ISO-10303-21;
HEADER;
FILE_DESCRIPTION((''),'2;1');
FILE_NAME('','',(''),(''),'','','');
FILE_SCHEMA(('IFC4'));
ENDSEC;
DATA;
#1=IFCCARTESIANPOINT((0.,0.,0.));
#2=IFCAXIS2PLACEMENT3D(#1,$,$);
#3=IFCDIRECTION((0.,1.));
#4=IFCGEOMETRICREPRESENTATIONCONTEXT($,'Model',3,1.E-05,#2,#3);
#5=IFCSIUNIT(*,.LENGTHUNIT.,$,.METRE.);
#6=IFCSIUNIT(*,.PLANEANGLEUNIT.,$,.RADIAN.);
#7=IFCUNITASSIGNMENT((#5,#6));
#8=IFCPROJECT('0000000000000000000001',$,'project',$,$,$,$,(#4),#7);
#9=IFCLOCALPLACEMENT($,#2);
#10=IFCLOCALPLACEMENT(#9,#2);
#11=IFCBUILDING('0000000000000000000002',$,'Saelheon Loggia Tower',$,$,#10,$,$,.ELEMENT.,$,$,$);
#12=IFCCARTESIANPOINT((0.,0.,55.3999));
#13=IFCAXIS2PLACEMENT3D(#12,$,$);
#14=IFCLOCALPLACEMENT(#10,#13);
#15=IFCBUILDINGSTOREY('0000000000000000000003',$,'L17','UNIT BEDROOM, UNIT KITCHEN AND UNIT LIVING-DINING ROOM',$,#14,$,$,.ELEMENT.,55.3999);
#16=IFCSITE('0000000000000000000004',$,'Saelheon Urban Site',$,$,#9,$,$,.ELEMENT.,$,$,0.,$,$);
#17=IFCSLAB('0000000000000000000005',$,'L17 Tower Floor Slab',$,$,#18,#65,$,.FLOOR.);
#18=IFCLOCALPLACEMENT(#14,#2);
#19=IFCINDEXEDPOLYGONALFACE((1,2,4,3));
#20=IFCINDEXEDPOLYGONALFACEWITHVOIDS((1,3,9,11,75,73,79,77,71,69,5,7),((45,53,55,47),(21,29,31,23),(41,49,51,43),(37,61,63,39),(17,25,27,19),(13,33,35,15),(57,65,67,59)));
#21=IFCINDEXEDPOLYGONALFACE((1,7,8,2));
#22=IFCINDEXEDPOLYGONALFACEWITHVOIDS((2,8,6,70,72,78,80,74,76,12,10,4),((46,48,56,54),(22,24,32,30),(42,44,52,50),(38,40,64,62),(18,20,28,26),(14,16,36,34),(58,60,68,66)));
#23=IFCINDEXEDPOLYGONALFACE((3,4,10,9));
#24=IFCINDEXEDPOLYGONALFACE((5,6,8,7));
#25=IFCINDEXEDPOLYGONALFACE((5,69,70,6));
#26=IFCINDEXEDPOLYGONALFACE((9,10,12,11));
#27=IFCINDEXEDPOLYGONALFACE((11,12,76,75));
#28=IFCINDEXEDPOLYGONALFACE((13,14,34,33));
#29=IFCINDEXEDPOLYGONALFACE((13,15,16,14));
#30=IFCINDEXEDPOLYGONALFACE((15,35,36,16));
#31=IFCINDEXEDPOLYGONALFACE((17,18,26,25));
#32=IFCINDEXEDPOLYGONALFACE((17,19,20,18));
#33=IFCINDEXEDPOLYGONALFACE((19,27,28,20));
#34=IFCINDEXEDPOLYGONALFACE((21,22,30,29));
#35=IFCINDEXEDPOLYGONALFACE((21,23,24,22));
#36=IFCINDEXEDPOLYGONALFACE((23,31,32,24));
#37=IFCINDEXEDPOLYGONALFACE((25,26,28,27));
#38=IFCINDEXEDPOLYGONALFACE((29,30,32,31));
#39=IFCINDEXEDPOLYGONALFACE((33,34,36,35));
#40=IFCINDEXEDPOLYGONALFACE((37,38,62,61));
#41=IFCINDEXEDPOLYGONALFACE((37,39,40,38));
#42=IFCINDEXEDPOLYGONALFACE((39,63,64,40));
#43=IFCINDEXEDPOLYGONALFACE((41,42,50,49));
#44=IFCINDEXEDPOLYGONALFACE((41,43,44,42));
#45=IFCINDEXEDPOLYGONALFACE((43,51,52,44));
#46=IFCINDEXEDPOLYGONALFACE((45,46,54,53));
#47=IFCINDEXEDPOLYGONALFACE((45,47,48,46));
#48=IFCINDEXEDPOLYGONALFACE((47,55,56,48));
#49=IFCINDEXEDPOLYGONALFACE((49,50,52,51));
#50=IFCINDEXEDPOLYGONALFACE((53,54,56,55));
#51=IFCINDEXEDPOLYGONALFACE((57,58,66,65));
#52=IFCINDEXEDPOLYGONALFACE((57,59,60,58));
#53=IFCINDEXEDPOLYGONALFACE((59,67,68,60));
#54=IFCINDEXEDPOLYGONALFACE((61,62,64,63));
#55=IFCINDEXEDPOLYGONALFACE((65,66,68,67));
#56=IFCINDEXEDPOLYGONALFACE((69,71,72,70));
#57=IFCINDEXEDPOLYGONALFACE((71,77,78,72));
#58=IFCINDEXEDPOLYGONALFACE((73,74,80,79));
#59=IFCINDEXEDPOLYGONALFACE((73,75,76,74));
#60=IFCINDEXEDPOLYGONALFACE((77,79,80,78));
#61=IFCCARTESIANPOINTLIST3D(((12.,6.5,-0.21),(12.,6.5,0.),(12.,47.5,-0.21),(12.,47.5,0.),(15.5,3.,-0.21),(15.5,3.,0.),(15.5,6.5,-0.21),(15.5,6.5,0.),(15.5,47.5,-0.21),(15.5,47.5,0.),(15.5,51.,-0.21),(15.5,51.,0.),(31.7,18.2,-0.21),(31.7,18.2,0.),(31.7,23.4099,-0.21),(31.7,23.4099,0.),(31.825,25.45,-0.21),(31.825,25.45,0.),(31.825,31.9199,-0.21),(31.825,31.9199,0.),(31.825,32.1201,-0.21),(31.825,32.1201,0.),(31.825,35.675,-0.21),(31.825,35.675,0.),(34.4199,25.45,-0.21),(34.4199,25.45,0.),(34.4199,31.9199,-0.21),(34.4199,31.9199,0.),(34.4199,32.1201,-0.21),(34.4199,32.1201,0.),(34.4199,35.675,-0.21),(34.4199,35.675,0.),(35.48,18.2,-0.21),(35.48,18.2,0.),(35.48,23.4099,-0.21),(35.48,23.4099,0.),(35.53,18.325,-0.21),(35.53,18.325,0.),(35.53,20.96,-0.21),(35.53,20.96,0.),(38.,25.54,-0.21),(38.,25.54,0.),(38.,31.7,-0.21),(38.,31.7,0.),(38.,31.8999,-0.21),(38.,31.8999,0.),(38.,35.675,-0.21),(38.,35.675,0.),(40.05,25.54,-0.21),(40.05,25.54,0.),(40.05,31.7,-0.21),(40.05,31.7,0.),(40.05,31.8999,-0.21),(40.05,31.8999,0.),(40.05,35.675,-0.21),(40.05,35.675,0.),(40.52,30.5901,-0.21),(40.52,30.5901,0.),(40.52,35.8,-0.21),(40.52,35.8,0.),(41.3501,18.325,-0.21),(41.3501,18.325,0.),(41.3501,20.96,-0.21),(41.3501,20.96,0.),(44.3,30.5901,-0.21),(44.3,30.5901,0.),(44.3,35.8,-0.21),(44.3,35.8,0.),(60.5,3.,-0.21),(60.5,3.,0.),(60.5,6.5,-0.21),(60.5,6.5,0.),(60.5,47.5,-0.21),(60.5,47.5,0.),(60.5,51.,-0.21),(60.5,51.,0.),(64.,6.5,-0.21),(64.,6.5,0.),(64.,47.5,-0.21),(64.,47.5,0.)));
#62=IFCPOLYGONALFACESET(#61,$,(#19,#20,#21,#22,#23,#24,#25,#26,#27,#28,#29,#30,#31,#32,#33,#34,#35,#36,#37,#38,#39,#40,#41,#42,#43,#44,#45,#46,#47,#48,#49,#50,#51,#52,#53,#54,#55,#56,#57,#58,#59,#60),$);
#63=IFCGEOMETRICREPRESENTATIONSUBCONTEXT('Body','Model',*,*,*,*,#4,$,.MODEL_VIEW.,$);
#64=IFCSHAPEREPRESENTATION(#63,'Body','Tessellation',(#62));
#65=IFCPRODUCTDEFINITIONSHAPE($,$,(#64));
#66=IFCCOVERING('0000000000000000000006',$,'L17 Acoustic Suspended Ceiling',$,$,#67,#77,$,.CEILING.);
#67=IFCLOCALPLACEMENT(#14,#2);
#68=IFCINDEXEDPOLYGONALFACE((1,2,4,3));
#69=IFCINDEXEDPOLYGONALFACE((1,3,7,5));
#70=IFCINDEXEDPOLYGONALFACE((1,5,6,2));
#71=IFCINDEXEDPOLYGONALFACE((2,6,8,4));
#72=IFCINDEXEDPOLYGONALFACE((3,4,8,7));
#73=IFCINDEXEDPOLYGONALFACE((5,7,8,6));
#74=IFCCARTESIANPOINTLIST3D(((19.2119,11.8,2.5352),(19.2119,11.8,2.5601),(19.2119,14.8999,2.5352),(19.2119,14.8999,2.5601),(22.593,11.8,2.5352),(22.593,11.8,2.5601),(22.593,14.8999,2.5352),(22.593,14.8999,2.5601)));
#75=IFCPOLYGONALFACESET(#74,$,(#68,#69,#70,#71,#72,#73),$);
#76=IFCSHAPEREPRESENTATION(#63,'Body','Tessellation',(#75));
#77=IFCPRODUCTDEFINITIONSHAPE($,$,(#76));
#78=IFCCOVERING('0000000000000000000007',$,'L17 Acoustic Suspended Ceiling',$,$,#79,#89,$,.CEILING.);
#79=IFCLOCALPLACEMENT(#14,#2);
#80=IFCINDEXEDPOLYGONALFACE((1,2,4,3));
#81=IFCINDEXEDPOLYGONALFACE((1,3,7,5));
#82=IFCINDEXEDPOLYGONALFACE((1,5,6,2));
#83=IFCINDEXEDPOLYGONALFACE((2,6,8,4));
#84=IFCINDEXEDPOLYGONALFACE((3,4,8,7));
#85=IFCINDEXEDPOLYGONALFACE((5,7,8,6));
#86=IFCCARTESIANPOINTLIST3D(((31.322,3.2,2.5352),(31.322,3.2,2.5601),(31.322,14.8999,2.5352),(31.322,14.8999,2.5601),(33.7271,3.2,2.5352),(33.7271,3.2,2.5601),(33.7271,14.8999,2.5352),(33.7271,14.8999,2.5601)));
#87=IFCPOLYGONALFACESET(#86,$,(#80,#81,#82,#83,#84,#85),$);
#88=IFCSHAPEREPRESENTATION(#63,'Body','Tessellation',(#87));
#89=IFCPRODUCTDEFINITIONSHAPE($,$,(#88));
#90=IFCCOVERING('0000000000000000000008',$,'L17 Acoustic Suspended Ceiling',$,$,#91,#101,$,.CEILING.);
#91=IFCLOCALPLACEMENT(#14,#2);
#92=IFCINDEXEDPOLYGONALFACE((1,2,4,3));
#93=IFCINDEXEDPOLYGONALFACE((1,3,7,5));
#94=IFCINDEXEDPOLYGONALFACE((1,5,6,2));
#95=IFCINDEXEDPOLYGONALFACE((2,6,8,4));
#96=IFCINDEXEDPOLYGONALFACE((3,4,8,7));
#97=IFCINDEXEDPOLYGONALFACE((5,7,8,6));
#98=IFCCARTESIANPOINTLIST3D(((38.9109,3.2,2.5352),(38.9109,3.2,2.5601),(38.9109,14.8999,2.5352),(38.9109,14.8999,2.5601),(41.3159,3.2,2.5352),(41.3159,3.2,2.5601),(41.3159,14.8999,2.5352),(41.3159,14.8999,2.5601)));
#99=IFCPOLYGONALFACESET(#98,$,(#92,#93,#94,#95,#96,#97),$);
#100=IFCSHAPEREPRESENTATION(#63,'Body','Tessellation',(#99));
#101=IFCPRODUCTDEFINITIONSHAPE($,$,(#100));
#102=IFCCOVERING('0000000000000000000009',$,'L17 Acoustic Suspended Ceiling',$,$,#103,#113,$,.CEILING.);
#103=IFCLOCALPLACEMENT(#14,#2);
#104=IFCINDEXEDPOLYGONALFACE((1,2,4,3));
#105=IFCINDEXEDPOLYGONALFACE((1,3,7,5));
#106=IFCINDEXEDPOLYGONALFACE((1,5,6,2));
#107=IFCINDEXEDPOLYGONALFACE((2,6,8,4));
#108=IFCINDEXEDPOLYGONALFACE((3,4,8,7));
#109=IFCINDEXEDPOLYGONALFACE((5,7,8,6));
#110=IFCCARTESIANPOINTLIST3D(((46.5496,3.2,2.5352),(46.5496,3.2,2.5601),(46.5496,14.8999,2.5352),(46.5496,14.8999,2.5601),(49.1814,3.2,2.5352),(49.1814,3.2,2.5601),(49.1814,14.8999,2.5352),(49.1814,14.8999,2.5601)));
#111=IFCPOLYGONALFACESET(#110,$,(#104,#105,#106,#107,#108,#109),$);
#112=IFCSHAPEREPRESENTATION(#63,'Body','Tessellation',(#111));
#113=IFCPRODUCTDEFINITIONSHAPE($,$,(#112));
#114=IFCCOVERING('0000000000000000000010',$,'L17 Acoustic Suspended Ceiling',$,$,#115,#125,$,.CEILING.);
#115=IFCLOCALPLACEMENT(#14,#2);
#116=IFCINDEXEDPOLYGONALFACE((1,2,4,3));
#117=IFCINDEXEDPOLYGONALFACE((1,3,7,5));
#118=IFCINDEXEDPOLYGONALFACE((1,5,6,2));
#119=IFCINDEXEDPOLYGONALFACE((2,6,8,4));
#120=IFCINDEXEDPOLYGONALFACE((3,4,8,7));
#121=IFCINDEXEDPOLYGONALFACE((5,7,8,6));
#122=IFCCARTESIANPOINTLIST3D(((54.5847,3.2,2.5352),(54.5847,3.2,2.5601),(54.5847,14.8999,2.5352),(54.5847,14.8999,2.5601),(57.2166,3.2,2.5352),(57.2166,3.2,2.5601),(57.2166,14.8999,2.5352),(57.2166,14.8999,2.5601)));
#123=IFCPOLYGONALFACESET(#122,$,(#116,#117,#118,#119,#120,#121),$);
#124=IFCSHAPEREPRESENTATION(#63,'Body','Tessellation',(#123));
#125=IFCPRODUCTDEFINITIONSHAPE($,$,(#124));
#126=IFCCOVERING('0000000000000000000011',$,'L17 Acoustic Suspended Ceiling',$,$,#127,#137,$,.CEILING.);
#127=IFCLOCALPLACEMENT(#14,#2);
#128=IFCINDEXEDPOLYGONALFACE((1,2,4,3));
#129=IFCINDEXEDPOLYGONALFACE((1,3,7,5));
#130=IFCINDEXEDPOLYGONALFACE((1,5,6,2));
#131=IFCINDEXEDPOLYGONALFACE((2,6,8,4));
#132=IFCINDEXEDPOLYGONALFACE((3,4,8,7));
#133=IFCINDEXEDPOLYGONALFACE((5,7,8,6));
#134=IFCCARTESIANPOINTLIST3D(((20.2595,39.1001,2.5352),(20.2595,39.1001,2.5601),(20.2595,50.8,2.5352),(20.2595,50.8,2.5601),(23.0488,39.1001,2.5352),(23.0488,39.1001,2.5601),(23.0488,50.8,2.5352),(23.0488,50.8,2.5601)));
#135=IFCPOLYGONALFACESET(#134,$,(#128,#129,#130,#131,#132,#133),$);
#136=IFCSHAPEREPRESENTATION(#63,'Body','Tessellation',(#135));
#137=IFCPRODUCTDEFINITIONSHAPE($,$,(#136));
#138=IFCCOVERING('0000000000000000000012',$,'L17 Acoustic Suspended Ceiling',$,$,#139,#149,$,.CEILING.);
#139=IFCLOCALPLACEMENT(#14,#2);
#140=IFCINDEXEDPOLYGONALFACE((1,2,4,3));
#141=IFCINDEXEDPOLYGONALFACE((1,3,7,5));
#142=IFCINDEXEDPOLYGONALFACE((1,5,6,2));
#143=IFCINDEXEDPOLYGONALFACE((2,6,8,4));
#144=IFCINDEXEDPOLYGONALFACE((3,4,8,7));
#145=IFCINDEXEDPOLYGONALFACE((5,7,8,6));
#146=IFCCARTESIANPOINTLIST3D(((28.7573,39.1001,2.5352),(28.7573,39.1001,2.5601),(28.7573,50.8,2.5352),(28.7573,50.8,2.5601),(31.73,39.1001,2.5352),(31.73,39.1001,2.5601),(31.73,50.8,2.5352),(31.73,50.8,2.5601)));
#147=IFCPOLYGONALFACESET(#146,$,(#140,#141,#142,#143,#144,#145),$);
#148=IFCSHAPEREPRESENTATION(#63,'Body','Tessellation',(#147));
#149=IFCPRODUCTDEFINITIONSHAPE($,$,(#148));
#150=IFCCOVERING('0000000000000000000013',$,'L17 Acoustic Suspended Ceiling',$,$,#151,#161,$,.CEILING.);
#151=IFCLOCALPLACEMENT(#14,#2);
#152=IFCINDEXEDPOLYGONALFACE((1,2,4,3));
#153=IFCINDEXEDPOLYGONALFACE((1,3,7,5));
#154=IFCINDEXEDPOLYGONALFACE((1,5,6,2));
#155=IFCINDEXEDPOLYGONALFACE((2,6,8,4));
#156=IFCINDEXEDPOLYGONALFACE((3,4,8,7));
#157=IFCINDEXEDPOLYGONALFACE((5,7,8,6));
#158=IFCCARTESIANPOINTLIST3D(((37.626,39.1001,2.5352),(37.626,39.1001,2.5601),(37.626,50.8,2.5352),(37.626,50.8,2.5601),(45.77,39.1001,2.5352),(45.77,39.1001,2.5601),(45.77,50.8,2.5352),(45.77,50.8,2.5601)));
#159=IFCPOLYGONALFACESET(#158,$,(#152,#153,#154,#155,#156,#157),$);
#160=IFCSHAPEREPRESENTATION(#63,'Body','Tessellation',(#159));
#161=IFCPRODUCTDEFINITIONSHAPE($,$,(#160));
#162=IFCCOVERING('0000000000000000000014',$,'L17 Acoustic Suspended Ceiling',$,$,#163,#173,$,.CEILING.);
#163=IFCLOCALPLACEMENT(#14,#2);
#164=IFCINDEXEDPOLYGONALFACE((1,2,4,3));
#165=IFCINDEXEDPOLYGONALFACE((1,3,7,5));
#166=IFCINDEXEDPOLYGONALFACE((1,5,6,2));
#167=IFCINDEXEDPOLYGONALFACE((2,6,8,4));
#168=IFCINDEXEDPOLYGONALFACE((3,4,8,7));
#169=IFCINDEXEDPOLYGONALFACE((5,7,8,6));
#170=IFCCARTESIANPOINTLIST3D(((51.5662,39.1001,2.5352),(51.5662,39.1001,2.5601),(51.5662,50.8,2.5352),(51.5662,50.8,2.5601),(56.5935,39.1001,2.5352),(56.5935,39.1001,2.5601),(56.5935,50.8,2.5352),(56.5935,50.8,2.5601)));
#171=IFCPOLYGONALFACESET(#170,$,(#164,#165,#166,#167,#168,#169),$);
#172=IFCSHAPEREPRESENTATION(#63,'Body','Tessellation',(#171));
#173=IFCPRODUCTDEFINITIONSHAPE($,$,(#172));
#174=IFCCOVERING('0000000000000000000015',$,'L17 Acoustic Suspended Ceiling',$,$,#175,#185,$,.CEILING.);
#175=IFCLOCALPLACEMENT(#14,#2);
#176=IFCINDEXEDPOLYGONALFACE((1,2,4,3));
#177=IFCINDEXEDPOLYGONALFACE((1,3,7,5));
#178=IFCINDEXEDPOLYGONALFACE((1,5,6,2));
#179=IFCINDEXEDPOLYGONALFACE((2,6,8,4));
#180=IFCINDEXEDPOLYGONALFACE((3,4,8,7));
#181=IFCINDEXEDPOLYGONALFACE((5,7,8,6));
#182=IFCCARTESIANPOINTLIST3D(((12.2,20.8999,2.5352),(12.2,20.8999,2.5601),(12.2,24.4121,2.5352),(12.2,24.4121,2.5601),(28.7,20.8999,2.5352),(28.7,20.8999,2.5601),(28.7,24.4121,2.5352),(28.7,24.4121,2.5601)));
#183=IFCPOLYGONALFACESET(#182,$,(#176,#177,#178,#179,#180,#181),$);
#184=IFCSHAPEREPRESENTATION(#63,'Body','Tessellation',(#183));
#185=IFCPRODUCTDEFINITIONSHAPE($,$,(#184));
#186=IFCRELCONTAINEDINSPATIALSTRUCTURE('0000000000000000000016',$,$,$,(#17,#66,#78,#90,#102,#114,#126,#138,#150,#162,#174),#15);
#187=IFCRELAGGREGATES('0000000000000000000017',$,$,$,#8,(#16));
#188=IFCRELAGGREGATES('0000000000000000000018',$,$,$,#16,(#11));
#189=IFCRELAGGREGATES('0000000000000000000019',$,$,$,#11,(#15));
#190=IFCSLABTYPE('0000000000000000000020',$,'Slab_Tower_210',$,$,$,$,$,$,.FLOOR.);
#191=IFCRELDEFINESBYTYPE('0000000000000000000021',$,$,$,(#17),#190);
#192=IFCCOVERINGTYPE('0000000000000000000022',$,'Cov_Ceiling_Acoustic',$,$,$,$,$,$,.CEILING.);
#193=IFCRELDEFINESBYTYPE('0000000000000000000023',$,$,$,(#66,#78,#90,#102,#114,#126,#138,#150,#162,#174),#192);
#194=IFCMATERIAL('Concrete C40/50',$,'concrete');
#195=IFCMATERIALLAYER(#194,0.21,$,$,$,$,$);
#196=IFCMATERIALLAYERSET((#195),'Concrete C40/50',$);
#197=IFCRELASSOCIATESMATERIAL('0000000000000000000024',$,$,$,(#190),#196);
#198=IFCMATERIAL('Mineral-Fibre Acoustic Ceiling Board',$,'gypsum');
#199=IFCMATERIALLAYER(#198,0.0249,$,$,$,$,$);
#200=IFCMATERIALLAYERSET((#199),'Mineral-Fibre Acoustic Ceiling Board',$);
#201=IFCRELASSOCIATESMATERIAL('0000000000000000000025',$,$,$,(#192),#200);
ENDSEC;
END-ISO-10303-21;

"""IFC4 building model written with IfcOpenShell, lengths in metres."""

from ifc_helpers import new_model, si_unit, direction, frame, origin, place, context, subcontext, project, spatial, polyline, outline, extrude, material, layer, layer_set, type_object, element, save


model = new_model("IFC4")

# Units and contexts
model_context = context("Model", 3, precision=1e-05, world=origin(), true_north=direction((0.0, 1.0)))
body_context = subcontext(model_context, "Body", "Model", "MODEL_VIEW")
ifc_project = project(units=[si_unit("LENGTHUNIT", "METRE"), si_unit("PLANEANGLEUNIT", "RADIAN")], contexts=[model_context])

# Site, building, storey
site_placement = place(None, origin())
site = spatial("IfcSite", under=ifc_project, at=site_placement, Name="Saelheon Urban Site", CompositionType="ELEMENT", RefElevation=0.0)
building_placement = place(site_placement, origin())
building = spatial("IfcBuilding", under=site, at=building_placement, Name="Saelheon Loggia Tower", CompositionType="ELEMENT")
storey_placement = place(building_placement, frame((0.0, 0.0, 55.3999)))
storey = spatial("IfcBuildingStorey", under=building, at=storey_placement, Name="L17", Description="UNIT BEDROOM, UNIT KITCHEN AND UNIT LIVING-DINING ROOM", CompositionType="ELEMENT", Elevation=55.3999)

# Shared definitions
ifc_material_1 = material(Name="Concrete C40/50", Category="concrete")

# Slab
ifc_layer_1 = layer(ifc_material_1, 0.21)
ifc_layer_set_1 = layer_set([ifc_layer_1], Name="Concrete C40/50")
slab_type_1 = type_object("IfcSlabType", Name="Slab_Tower_210", PredefinedType="FLOOR", material=ifc_layer_set_1)
slab_1_placement = place(storey_placement, frame((0.0, 0.0, -0.21)))
element("IfcSlab", 1, at=slab_1_placement, inside=storey, type_object=slab_type_1, Name="L17 Tower Floor Slab", PredefinedType="FLOOR", context=body_context, shape_type="SweptSolid", body=[
    extrude(outline(polyline([(15.5, 3.0), (60.5, 3.0), (60.5, 6.5), (64.0, 6.5), (64.0, 47.5), (60.5, 47.5), (60.5, 51.0), (15.5, 51.0), (15.5, 47.5), (12.0, 47.5), (12.0, 6.5), (15.5, 6.5), (15.5, 3.0)]), holes=[polyline([(31.7, 23.4099), (31.7, 18.2), (35.48, 18.2), (35.48, 23.4099), (31.7, 23.4099)]), polyline([(44.3, 30.5901), (44.3, 35.8), (40.52, 35.8), (40.52, 30.5901), (44.3, 30.5901)]), polyline([(35.53, 18.325), (41.3501, 18.325), (41.3501, 20.96), (35.53, 20.96), (35.53, 18.325)]), polyline([(31.825, 32.1201), (34.4199, 32.1201), (34.4199, 35.675), (31.825, 35.675), (31.825, 32.1201)]), polyline([(38.0, 31.8999), (40.05, 31.8999), (40.05, 35.675), (38.0, 35.675), (38.0, 31.8999)]), polyline([(31.825, 25.45), (34.4199, 25.45), (34.4199, 31.9199), (31.825, 31.9199), (31.825, 25.45)]), polyline([(38.0, 25.54), (40.05, 25.54), (40.05, 31.7), (38.0, 31.7), (38.0, 25.54)])]), origin(), (0.0, 0.0, 1.0), 0.21),
])

# Coverings
ifc_material_2 = material(Name="Mineral-Fibre Acoustic Ceiling Board", Category="gypsum")
ifc_layer_2 = layer(ifc_material_2, 0.0249)
ifc_layer_set_2 = layer_set([ifc_layer_2], Name="Mineral-Fibre Acoustic Ceiling Board")
covering_type = type_object("IfcCoveringType", Name="Cov_Ceiling_Acoustic", PredefinedType="CEILING", material=ifc_layer_set_2)
covering_1_placement = place(storey_placement, frame((0.0, 0.0, 2.5352)))
element("IfcCovering", 2, at=covering_1_placement, inside=storey, type_object=covering_type, Name="L17 Acoustic Suspended Ceiling", PredefinedType="CEILING", context=body_context, shape_type="SweptSolid", body=[
    extrude(outline(polyline([(19.2119, 11.8), (22.593, 11.8), (22.593, 14.8999), (19.2119, 14.8999), (19.2119, 11.8)])), origin(), (0.0, 0.0, 1.0), 0.0249),
])
covering_2_placement = place(storey_placement, frame((0.0, 0.0, 2.5352)))
element("IfcCovering", 3, at=covering_2_placement, inside=storey, type_object=covering_type, Name="L17 Acoustic Suspended Ceiling", PredefinedType="CEILING", context=body_context, shape_type="SweptSolid", body=[
    extrude(outline(polyline([(31.322, 3.2), (33.7271, 3.2), (33.7271, 14.8999), (31.322, 14.8999), (31.322, 3.2)])), origin(), (0.0, 0.0, 1.0), 0.0249),
])
covering_3_placement = place(storey_placement, frame((0.0, 0.0, 2.5352)))
element("IfcCovering", 4, at=covering_3_placement, inside=storey, type_object=covering_type, Name="L17 Acoustic Suspended Ceiling", PredefinedType="CEILING", context=body_context, shape_type="SweptSolid", body=[
    extrude(outline(polyline([(38.9109, 3.2), (41.3159, 3.2), (41.3159, 14.8999), (38.9109, 14.8999), (38.9109, 3.2)])), origin(), (0.0, 0.0, 1.0), 0.0249),
])
covering_4_placement = place(storey_placement, frame((0.0, 0.0, 2.5352)))
element("IfcCovering", 5, at=covering_4_placement, inside=storey, type_object=covering_type, Name="L17 Acoustic Suspended Ceiling", PredefinedType="CEILING", context=body_context, shape_type="SweptSolid", body=[
    extrude(outline(polyline([(46.5496, 3.2), (49.1814, 3.2), (49.1814, 14.8999), (46.5496, 14.8999), (46.5496, 3.2)])), origin(), (0.0, 0.0, 1.0), 0.0249),
])
covering_5_placement = place(storey_placement, frame((0.0, 0.0, 2.5352)))
element("IfcCovering", 6, at=covering_5_placement, inside=storey, type_object=covering_type, Name="L17 Acoustic Suspended Ceiling", PredefinedType="CEILING", context=body_context, shape_type="SweptSolid", body=[
    extrude(outline(polyline([(54.5847, 3.2), (57.2166, 3.2), (57.2166, 14.8999), (54.5847, 14.8999), (54.5847, 3.2)])), origin(), (0.0, 0.0, 1.0), 0.0249),
])
covering_6_placement = place(storey_placement, frame((0.0, 0.0, 2.5352)))
element("IfcCovering", 7, at=covering_6_placement, inside=storey, type_object=covering_type, Name="L17 Acoustic Suspended Ceiling", PredefinedType="CEILING", context=body_context, shape_type="SweptSolid", body=[
    extrude(outline(polyline([(20.2595, 39.1001), (23.0488, 39.1001), (23.0488, 50.8), (20.2595, 50.8), (20.2595, 39.1001)])), origin(), (0.0, 0.0, 1.0), 0.0249),
])
covering_7_placement = place(storey_placement, frame((0.0, 0.0, 2.5352)))
element("IfcCovering", 8, at=covering_7_placement, inside=storey, type_object=covering_type, Name="L17 Acoustic Suspended Ceiling", PredefinedType="CEILING", context=body_context, shape_type="SweptSolid", body=[
    extrude(outline(polyline([(28.7573, 39.1001), (31.73, 39.1001), (31.73, 50.8), (28.7573, 50.8), (28.7573, 39.1001)])), origin(), (0.0, 0.0, 1.0), 0.0249),
])
covering_8_placement = place(storey_placement, frame((0.0, 0.0, 2.5352)))
element("IfcCovering", 9, at=covering_8_placement, inside=storey, type_object=covering_type, Name="L17 Acoustic Suspended Ceiling", PredefinedType="CEILING", context=body_context, shape_type="SweptSolid", body=[
    extrude(outline(polyline([(37.626, 39.1001), (45.77, 39.1001), (45.77, 50.8), (37.626, 50.8), (37.626, 39.1001)])), origin(), (0.0, 0.0, 1.0), 0.0249),
])
covering_9_placement = place(storey_placement, frame((0.0, 0.0, 2.5352)))
element("IfcCovering", 10, at=covering_9_placement, inside=storey, type_object=covering_type, Name="L17 Acoustic Suspended Ceiling", PredefinedType="CEILING", context=body_context, shape_type="SweptSolid", body=[
    extrude(outline(polyline([(51.5662, 39.1001), (56.5935, 39.1001), (56.5935, 50.8), (51.5662, 50.8), (51.5662, 39.1001)])), origin(), (0.0, 0.0, 1.0), 0.0249),
])
covering_10_placement = place(storey_placement, frame((0.0, 0.0, 2.5352)))
element("IfcCovering", 11, at=covering_10_placement, inside=storey, type_object=covering_type, Name="L17 Acoustic Suspended Ceiling", PredefinedType="CEILING", context=body_context, shape_type="SweptSolid", body=[
    extrude(outline(polyline([(12.2, 20.8999), (28.7, 20.8999), (28.7, 24.4121), (12.2, 24.4121), (12.2, 20.8999)])), origin(), (0.0, 0.0, 1.0), 0.0249),
])

save(model, "model.ifc")
